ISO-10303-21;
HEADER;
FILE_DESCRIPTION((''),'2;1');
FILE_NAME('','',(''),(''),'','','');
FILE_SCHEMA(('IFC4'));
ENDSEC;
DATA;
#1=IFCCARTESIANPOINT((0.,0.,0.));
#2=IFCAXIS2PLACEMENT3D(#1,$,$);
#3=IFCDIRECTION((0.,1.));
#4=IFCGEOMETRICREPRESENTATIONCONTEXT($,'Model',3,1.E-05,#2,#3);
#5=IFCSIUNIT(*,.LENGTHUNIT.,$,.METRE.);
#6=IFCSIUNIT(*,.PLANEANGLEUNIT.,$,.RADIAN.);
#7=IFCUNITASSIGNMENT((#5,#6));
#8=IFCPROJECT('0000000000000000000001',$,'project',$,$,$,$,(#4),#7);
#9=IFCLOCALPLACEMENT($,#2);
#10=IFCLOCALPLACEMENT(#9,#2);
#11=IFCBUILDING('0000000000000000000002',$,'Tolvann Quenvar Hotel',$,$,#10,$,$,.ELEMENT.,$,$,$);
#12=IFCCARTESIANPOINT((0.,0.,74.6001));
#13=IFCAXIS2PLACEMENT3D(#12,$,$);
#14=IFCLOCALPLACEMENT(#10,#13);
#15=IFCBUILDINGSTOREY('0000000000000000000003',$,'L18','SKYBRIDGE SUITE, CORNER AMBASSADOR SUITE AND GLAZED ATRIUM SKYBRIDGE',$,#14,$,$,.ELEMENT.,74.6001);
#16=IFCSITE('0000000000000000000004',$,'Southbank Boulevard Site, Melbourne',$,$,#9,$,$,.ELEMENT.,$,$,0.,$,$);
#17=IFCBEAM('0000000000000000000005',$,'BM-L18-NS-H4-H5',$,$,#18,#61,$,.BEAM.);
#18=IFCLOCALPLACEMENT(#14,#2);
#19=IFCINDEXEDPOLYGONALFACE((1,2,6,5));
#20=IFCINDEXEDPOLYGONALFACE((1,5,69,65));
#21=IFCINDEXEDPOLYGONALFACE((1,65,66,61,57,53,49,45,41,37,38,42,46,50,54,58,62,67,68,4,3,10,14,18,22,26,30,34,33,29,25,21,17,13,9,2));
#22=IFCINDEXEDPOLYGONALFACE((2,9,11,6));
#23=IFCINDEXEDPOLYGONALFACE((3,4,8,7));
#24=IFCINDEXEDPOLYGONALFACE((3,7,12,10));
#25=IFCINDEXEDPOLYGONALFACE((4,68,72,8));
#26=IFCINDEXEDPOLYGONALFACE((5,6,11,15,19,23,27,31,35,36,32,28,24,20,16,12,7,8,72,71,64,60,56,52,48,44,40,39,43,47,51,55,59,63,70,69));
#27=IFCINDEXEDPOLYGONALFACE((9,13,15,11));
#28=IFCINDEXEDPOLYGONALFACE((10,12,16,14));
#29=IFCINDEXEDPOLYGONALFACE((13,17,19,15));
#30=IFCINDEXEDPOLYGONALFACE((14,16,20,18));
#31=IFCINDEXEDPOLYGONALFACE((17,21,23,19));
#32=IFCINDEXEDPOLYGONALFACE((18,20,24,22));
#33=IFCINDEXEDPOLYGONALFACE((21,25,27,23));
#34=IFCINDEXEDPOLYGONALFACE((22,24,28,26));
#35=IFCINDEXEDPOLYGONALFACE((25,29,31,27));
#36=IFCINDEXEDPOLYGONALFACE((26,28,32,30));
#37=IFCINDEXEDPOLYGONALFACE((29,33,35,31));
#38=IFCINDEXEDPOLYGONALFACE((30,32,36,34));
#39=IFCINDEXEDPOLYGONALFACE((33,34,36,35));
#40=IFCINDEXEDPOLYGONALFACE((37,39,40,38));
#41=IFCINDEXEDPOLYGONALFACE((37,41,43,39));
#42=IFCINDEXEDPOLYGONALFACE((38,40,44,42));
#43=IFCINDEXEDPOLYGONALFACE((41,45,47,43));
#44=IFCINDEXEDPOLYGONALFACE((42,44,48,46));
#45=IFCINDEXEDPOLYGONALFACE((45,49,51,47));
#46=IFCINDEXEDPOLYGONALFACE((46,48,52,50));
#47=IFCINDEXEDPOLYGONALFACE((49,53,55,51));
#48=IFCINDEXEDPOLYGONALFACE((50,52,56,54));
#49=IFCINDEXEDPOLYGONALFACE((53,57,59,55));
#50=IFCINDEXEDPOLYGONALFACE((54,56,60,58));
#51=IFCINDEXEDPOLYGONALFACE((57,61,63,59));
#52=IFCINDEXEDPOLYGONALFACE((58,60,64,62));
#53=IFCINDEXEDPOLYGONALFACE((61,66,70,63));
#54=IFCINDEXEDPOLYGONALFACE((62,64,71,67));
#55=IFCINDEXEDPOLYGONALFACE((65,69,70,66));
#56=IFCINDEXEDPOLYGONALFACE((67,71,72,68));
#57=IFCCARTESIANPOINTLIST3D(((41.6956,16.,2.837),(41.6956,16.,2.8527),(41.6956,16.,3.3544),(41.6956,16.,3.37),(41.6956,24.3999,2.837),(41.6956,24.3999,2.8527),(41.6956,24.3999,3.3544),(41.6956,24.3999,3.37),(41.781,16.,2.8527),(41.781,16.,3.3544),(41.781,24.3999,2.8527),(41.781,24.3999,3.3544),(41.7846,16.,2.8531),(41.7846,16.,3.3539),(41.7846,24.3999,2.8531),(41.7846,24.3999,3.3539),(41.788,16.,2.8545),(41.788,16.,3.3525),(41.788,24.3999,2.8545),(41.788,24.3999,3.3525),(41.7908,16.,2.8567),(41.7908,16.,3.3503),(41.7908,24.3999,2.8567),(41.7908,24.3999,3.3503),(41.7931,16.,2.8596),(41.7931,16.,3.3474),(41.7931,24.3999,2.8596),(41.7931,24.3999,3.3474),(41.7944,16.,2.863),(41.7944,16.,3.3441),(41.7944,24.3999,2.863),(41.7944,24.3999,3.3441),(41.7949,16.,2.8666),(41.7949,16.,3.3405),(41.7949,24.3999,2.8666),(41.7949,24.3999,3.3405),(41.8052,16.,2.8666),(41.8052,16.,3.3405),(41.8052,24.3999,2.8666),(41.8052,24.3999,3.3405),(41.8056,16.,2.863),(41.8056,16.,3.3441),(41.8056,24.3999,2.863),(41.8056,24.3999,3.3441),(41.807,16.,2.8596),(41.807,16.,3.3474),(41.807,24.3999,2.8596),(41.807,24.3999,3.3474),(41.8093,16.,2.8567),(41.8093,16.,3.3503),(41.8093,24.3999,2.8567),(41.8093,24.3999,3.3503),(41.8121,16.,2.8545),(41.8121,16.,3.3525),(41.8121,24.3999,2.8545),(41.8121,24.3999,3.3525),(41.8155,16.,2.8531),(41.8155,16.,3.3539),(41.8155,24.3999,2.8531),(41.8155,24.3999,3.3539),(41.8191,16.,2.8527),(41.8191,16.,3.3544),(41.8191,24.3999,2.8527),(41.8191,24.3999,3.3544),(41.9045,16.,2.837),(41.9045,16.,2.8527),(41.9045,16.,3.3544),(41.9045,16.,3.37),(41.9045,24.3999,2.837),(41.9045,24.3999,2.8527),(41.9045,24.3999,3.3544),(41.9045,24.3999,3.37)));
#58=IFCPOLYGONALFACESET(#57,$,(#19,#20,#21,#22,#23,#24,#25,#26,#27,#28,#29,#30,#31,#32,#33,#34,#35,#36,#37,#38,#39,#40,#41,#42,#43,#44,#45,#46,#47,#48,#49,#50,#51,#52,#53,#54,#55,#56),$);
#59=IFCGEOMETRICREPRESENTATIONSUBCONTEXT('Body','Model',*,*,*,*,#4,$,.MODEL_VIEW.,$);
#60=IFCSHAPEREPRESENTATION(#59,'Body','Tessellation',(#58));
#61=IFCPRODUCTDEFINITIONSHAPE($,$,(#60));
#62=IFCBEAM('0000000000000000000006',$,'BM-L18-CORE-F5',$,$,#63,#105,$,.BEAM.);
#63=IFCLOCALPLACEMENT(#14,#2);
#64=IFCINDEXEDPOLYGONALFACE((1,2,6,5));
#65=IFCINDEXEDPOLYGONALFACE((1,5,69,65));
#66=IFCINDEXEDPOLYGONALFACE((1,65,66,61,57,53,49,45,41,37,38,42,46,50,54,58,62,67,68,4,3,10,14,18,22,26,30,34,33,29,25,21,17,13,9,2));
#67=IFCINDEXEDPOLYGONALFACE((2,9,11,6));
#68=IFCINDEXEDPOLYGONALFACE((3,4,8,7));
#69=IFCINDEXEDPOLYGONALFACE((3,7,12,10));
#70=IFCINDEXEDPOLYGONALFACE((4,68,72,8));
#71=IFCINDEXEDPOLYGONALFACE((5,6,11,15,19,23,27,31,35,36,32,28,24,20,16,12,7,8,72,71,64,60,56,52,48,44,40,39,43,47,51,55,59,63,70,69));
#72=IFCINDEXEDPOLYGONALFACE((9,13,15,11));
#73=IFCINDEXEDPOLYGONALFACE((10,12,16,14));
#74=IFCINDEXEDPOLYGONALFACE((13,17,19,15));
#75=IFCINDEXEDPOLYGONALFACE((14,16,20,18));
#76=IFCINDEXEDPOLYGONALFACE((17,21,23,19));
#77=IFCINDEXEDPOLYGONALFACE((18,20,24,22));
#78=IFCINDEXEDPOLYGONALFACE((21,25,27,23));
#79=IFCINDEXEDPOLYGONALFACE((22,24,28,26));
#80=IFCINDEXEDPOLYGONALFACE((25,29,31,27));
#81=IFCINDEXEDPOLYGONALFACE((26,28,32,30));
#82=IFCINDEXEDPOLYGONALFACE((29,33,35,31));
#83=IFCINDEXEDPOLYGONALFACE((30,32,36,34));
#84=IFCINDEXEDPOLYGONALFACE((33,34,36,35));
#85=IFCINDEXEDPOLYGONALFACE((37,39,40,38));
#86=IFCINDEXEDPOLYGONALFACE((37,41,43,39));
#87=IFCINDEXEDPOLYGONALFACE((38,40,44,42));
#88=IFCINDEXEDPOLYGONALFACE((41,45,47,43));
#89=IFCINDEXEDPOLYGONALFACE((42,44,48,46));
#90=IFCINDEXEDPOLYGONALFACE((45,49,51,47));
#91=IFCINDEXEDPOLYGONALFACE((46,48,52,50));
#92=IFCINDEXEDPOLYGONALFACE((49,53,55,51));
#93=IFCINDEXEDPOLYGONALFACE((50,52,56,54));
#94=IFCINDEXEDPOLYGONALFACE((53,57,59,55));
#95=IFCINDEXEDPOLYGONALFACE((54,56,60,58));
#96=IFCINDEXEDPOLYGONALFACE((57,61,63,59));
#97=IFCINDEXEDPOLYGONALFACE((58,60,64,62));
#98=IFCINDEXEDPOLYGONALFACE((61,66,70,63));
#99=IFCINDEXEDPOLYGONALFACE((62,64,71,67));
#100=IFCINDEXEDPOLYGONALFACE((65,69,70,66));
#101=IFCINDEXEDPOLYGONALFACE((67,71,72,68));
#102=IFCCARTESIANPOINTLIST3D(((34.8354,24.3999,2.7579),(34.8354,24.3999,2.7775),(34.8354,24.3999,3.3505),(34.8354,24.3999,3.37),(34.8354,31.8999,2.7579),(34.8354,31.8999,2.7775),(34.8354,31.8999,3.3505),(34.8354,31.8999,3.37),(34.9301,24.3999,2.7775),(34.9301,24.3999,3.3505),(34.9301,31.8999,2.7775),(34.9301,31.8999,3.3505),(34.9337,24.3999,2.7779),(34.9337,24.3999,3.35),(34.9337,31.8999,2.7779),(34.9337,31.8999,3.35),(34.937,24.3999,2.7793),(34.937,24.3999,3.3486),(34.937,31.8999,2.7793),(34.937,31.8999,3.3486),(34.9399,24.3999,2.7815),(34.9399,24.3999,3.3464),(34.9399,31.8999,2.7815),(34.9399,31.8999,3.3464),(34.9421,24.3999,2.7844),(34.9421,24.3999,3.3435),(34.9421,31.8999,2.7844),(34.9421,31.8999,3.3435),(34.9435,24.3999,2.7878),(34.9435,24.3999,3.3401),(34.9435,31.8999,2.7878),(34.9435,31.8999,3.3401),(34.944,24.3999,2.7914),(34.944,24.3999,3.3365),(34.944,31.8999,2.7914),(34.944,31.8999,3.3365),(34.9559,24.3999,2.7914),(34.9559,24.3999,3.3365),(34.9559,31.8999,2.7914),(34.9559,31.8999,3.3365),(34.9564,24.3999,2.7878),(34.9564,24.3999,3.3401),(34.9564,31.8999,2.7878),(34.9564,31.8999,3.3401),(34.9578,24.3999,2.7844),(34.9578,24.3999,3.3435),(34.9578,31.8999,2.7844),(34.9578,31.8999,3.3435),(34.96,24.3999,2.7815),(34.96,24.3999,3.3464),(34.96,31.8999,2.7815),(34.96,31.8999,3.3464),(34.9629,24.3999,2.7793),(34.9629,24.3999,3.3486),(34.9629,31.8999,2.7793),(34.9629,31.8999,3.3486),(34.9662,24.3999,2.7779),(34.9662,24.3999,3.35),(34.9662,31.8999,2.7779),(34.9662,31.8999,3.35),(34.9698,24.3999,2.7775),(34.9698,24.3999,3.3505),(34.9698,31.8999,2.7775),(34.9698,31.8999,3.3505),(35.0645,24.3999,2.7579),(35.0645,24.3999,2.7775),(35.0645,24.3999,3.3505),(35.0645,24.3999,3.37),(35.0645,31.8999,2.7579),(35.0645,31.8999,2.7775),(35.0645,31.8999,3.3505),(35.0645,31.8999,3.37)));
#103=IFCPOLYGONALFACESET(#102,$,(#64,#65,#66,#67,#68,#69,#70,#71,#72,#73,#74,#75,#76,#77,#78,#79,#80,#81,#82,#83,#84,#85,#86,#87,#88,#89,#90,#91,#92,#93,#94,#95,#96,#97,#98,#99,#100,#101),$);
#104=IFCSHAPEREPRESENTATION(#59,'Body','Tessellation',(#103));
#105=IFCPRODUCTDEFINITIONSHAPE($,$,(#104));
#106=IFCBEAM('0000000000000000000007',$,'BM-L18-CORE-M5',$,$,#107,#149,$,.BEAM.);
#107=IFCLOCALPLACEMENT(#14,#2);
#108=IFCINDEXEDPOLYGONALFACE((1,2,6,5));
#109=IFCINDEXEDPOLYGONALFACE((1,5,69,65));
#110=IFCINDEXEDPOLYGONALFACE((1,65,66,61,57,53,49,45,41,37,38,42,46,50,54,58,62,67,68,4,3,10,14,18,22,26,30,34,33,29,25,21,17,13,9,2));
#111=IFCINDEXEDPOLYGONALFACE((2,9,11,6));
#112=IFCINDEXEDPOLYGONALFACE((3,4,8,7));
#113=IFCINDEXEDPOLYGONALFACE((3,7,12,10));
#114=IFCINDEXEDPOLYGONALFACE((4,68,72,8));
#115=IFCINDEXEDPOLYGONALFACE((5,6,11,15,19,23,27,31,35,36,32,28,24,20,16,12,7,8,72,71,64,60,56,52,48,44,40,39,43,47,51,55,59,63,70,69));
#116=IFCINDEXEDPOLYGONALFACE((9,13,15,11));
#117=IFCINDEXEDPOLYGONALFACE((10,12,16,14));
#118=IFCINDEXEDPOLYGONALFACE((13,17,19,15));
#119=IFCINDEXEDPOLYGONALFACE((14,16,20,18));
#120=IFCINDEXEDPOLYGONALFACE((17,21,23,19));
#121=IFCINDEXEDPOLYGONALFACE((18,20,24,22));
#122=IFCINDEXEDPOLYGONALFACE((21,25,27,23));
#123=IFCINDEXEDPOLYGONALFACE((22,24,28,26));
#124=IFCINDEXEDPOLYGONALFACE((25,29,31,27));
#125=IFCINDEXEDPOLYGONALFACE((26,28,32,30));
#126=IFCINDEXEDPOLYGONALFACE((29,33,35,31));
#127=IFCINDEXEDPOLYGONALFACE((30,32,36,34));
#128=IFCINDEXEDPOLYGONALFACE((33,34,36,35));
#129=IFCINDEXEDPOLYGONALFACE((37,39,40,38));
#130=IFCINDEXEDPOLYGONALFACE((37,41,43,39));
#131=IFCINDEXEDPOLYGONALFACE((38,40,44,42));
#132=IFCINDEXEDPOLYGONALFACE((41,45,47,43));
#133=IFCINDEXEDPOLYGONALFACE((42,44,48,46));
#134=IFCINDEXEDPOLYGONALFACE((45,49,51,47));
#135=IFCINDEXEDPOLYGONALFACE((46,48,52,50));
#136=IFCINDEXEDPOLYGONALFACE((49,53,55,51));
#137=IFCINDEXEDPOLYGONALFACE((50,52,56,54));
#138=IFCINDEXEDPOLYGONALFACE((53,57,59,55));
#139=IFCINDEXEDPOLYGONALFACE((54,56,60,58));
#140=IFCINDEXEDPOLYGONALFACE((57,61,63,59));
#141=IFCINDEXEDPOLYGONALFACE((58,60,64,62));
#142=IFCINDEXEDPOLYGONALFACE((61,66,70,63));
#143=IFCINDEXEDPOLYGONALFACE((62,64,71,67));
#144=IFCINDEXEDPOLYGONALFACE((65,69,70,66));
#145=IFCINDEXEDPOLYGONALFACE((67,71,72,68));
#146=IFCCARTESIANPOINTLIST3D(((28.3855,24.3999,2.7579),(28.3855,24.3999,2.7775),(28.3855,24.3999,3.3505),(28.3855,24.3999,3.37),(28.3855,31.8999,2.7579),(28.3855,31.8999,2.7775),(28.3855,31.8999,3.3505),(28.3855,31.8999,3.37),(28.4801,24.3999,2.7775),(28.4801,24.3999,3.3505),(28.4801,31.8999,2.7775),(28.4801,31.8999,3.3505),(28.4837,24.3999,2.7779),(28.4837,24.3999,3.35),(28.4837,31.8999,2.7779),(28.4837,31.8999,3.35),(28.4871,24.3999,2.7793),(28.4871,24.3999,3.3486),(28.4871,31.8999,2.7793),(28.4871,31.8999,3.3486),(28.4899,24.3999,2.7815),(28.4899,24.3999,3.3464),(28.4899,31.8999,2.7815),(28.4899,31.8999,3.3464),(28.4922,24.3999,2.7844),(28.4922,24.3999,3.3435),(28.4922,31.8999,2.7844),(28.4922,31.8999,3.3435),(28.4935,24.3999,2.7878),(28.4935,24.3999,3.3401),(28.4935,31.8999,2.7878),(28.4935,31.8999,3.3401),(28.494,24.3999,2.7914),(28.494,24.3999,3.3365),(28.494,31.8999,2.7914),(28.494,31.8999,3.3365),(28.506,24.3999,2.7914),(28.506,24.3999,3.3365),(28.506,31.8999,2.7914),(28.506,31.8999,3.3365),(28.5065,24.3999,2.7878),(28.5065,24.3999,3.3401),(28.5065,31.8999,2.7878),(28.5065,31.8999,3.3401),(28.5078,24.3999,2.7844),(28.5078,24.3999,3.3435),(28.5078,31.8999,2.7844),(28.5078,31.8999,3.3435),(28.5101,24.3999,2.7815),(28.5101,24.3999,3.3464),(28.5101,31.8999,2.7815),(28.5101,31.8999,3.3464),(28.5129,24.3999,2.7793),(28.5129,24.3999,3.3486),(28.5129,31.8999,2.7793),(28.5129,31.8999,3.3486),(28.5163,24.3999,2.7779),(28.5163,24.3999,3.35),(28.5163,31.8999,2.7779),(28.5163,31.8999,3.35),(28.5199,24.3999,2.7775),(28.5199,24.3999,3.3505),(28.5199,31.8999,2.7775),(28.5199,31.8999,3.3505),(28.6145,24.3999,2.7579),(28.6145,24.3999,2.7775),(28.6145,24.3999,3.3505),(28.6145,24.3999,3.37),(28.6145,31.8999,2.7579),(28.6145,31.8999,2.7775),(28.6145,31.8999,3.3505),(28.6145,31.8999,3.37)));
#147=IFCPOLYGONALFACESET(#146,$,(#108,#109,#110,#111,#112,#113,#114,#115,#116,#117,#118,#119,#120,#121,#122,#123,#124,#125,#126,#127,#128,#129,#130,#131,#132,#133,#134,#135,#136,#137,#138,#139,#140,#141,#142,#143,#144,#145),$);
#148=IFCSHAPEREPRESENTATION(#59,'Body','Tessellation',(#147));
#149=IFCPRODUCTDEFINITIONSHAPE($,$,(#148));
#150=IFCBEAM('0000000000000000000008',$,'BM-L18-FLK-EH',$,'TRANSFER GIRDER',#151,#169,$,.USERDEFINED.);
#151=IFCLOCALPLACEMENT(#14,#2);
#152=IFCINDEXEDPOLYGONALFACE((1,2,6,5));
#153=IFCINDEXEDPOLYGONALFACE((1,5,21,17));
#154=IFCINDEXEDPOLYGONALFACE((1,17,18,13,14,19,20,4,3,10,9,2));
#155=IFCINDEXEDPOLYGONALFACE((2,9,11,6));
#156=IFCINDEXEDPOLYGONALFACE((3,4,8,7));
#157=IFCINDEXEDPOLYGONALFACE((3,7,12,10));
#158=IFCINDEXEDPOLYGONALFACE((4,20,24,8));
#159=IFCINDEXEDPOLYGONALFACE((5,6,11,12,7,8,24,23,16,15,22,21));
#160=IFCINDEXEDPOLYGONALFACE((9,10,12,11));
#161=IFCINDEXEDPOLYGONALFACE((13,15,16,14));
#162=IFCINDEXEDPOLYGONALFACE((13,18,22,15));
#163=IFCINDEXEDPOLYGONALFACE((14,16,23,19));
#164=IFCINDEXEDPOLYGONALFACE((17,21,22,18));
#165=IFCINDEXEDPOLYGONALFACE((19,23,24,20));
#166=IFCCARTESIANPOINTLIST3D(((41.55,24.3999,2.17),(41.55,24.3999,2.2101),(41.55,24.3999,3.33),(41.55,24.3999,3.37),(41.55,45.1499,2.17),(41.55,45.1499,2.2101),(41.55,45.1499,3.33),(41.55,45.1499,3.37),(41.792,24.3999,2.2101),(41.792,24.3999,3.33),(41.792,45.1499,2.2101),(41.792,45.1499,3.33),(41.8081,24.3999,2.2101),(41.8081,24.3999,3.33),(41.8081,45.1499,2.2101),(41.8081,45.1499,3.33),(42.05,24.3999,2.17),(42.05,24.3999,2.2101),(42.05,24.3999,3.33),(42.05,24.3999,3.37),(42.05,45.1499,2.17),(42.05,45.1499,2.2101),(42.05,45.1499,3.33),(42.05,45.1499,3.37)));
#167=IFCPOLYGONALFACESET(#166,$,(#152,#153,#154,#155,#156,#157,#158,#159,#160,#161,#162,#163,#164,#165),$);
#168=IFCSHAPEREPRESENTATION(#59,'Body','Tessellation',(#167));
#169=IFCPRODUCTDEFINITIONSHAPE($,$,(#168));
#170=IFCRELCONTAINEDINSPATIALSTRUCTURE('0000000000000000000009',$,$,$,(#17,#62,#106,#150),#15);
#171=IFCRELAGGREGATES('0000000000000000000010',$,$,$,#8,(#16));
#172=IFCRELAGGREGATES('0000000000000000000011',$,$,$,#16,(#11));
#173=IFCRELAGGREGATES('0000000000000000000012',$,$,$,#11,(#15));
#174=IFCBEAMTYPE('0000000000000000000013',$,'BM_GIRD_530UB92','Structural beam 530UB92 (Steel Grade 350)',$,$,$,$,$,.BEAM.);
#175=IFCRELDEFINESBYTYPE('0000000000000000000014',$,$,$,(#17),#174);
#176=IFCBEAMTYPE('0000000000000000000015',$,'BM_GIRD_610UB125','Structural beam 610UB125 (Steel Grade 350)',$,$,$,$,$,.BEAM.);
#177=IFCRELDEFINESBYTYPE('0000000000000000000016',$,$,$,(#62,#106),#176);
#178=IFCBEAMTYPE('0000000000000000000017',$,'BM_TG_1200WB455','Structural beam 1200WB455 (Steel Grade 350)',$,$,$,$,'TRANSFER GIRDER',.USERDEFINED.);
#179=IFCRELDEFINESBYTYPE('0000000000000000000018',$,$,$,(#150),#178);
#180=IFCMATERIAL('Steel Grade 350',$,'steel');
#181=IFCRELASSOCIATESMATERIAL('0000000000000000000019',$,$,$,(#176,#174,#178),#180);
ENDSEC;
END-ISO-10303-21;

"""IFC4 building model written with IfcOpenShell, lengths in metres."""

from ifc_helpers import new_model, si_unit, direction, frame, origin, origin_2d, place, context, subcontext, project, spatial, i_section, extrude, source, transform, mapped, material, material_profile, profile_set, type_object, type_shapes, element, save


model = new_model("IFC4")

# Units and contexts
model_context = context("Model", 3, precision=1e-05, world=origin(), true_north=direction((0.0, 1.0)))
body_context = subcontext(model_context, "Body", "Model", "MODEL_VIEW")
ifc_project = project(units=[si_unit("LENGTHUNIT", "METRE"), si_unit("PLANEANGLEUNIT", "RADIAN")], contexts=[model_context])

# Site, building, storey
site_placement = place(None, origin())
site = spatial("IfcSite", under=ifc_project, at=site_placement, Name="Southbank Boulevard Site, Melbourne", CompositionType="ELEMENT", RefElevation=0.0)
building_placement = place(site_placement, origin())
building = spatial("IfcBuilding", under=site, at=building_placement, Name="Tolvann Quenvar Hotel", CompositionType="ELEMENT")
storey_placement = place(building_placement, frame((0.0, 0.0, 74.6001)))
storey = spatial("IfcBuildingStorey", under=building, at=storey_placement, Name="L18", Description="SKYBRIDGE SUITE, CORNER AMBASSADOR SUITE AND GLAZED ATRIUM SKYBRIDGE", CompositionType="ELEMENT", Elevation=74.6001)

# Shared definitions
ifc_material_1 = material(Name="Steel Grade 350", Category="steel")

# Beams
ifc_material_profile_1 = material_profile(ifc_material_1, i_section(OverallWidth=0.229, OverallDepth=0.6121, WebThickness=0.012, FlangeThickness=0.0195, FilletRadius=0.0139, at=origin_2d()), Name="610UB125")
ifc_profile_set_1 = profile_set([ifc_material_profile_1], Name="Steel Grade 350")
beam_type_1 = type_object("IfcBeamType", Name="BM_GIRD_610UB125", Description="Structural beam 610UB125 (Steel Grade 350)", PredefinedType="BEAM", material=ifc_profile_set_1)
ifc_material_profile_2 = material_profile(ifc_material_1, i_section(OverallWidth=0.209, OverallDepth=0.533, WebThickness=0.0103, FlangeThickness=0.0156, FilletRadius=0.0139, at=origin_2d()), Name="530UB92")
ifc_profile_set_2 = profile_set([ifc_material_profile_2], Name="Steel Grade 350")
beam_type_2 = type_object("IfcBeamType", Name="BM_GIRD_530UB92", Description="Structural beam 530UB92 (Steel Grade 350)", PredefinedType="BEAM", material=ifc_profile_set_2)
shared_shape_1 = source(origin(), body_context, "Body", "SweptSolid", [
    extrude(i_section(OverallWidth=0.209, OverallDepth=0.533, WebThickness=0.0103, FlangeThickness=0.0156, FilletRadius=0.0139, at=origin_2d()), origin(), (0.0, 0.0, 1.0), 8.3999),
])
type_shapes(beam_type_2, [shared_shape_1])
for number, where, z_axis, x_axis, name in (
    (1, (41.8, 16.0, 3.1035), (0.0, 1.0, 0.0), (-1.0, 0.0, 0.0), "BM-L18-NS-H4-H5"),
):
    element("IfcBeam", number, at=place(storey_placement, frame(where, z_axis=z_axis, x_axis=x_axis)), inside=storey, type_object=beam_type_2, Name=name, PredefinedType="BEAM", context=body_context, shape_type="MappedRepresentation", body=[
        mapped(shared_shape_1, transform((0.0, 0.0, 0.0), x_axis=(1.0, 0.0, 0.0), y_axis=(0.0, 1.0, 0.0), z_axis=(0.0, 0.0, 1.0), scale=1.0)),
    ])
shared_shape_2 = source(origin(), body_context, "Body", "SweptSolid", [
    extrude(i_section(OverallWidth=0.229, OverallDepth=0.6121, WebThickness=0.012, FlangeThickness=0.0195, FilletRadius=0.0139, at=origin_2d()), origin(), (0.0, 0.0, 1.0), 7.5),
])
for number, where, z_axis, x_axis, name in (
    (2, (34.95, 24.3999, 3.064), (0.0, 1.0, 0.0), (-1.0, 0.0, 0.0), "BM-L18-CORE-F5"),
    (3, (28.5, 24.3999, 3.064), (0.0, 1.0, 0.0), (-1.0, 0.0, 0.0), "BM-L18-CORE-M5"),
):
    element("IfcBeam", number, at=place(storey_placement, frame(where, z_axis=z_axis, x_axis=x_axis)), inside=storey, type_object=beam_type_1, Name=name, PredefinedType="BEAM", context=body_context, shape_type="MappedRepresentation", body=[
        mapped(shared_shape_2, transform((0.0, 0.0, 0.0), x_axis=(1.0, 0.0, 0.0), y_axis=(0.0, 1.0, 0.0), z_axis=(0.0, 0.0, 1.0), scale=1.0)),
    ])
ifc_material_profile_3 = material_profile(ifc_material_1, i_section(OverallWidth=0.5, OverallDepth=1.2, WebThickness=0.0161, FlangeThickness=0.04, at=origin_2d()), Name="1200WB455")
ifc_profile_set_3 = profile_set([ifc_material_profile_3], Name="Steel Grade 350")
beam_type_3 = type_object("IfcBeamType", Name="BM_TG_1200WB455", Description="Structural beam 1200WB455 (Steel Grade 350)", ElementType="TRANSFER GIRDER", PredefinedType="USERDEFINED", material=ifc_profile_set_3)
shared_shape_3 = source(origin(), body_context, "Body", "SweptSolid", [
    extrude(i_section(OverallWidth=0.5, OverallDepth=1.2, WebThickness=0.0161, FlangeThickness=0.04, at=origin_2d()), origin(), (0.0, 0.0, 1.0), 20.75),
])
type_shapes(beam_type_3, [shared_shape_3])
beam_1_placement = place(storey_placement, frame((41.8, 24.3999, 2.77), z_axis=(0.0, 1.0, 0.0), x_axis=(-1.0, 0.0, 0.0)))
element("IfcBeam", 4, at=beam_1_placement, inside=storey, type_object=beam_type_3, Name="BM-L18-FLK-EH", ObjectType="TRANSFER GIRDER", PredefinedType="USERDEFINED", context=body_context, shape_type="MappedRepresentation", body=[
    mapped(shared_shape_3, transform((0.0, 0.0, 0.0), x_axis=(1.0, 0.0, 0.0), y_axis=(0.0, 1.0, 0.0), z_axis=(0.0, 0.0, 1.0), scale=1.0)),
])

save(model, "model.ifc")
